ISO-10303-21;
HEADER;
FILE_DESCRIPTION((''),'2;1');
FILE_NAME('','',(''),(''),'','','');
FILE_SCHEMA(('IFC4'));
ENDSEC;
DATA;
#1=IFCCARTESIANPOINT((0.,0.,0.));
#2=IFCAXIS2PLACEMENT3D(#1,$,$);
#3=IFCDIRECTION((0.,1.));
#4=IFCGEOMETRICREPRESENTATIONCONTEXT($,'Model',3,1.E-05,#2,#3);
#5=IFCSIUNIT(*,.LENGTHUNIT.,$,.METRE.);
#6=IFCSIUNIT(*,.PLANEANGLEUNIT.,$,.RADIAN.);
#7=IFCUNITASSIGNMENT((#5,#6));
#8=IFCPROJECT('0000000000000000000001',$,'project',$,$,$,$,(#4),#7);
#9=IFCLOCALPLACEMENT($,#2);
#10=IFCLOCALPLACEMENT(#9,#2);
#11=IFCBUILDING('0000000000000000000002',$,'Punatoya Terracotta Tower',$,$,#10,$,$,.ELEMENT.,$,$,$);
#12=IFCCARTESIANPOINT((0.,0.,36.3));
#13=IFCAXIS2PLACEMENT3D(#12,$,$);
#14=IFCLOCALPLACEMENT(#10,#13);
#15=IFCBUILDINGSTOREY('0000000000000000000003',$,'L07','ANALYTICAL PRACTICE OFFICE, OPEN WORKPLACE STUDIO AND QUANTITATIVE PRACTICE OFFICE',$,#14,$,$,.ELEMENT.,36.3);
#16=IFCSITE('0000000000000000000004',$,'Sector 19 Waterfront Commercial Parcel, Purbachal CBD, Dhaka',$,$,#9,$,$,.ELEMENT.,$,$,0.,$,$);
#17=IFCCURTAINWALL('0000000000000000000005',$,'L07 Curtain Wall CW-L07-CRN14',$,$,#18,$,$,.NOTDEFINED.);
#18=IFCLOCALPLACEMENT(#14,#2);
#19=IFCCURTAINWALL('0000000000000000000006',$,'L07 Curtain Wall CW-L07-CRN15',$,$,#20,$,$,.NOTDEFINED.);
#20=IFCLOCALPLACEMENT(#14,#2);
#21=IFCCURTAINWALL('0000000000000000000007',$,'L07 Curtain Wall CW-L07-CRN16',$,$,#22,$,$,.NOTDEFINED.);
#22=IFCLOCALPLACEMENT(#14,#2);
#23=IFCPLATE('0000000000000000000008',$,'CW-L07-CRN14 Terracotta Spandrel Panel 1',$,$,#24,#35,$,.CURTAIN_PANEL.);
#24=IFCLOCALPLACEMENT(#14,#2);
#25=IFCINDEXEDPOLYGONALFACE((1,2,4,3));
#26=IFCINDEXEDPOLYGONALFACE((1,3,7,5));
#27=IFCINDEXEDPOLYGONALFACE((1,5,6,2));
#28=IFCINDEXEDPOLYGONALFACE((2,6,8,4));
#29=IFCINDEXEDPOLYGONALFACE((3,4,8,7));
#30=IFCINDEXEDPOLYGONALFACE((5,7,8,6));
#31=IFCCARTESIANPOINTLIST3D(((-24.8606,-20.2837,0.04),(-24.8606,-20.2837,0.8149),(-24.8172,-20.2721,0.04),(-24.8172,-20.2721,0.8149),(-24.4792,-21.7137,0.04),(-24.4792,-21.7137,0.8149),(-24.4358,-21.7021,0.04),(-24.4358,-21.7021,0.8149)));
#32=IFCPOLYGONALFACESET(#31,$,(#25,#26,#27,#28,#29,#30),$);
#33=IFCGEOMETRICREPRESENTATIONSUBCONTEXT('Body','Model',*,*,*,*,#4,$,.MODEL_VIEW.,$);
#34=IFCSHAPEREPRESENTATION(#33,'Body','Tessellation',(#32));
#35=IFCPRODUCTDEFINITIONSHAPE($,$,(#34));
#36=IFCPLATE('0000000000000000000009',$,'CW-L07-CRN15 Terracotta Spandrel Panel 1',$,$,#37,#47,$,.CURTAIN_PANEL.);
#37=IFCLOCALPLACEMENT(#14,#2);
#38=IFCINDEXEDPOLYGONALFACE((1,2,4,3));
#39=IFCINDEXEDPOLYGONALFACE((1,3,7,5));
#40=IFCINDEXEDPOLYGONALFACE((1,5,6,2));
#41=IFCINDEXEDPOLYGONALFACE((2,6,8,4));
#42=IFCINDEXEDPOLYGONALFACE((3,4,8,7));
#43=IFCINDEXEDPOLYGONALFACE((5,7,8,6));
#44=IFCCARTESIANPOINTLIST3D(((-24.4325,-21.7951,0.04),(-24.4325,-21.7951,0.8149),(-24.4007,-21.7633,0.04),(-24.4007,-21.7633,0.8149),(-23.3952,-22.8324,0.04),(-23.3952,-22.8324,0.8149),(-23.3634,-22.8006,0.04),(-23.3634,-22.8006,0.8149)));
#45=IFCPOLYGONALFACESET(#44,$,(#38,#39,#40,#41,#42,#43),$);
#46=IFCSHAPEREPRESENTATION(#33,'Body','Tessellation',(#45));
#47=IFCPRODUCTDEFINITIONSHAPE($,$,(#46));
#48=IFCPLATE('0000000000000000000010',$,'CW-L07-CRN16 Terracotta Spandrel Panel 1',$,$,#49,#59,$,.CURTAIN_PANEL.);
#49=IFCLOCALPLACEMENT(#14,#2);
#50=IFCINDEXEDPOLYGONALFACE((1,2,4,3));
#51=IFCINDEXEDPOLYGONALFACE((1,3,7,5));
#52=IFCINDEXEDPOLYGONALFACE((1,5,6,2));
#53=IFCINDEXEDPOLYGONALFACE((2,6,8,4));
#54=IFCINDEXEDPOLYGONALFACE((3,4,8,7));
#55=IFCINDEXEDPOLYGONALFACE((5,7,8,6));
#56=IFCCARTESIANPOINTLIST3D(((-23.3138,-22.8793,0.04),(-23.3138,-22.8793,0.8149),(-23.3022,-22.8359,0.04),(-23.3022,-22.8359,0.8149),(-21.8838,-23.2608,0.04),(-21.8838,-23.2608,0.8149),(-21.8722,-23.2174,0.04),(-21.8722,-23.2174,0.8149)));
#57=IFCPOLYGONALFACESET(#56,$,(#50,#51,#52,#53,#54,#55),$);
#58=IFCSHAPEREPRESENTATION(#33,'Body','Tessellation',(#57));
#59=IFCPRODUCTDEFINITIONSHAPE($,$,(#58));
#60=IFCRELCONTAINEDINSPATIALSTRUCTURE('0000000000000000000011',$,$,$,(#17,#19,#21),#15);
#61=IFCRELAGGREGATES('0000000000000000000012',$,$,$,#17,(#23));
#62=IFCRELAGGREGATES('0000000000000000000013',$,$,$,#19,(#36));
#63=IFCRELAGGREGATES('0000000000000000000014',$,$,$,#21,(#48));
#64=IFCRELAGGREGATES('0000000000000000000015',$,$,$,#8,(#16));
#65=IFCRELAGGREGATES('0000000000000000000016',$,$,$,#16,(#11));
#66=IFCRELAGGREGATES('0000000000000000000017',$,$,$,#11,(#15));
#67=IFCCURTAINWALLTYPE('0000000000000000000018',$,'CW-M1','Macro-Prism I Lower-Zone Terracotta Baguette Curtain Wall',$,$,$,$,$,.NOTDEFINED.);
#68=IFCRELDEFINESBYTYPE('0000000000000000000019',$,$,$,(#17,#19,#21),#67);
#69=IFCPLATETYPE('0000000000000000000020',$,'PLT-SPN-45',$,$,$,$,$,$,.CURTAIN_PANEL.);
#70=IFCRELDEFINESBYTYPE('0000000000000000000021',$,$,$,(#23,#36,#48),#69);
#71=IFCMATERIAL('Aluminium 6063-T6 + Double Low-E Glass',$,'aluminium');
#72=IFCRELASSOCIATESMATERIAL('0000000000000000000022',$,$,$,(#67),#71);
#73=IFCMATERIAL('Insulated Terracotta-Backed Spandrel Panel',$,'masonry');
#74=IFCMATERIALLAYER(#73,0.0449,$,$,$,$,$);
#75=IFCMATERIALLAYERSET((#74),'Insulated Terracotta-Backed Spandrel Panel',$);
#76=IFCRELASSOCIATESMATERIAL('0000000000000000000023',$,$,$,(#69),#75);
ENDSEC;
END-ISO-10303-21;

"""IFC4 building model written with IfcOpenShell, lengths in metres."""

from ifc_helpers import new_model, si_unit, direction, frame, origin, origin_2d, place, context, subcontext, project, spatial, rectangle, extrude, material, layer, layer_set, type_object, element, aggregate, save


model = new_model("IFC4")

# Units and contexts
model_context = context("Model", 3, precision=1e-05, world=origin(), true_north=direction((0.0, 1.0)))
body_context = subcontext(model_context, "Body", "Model", "MODEL_VIEW")
ifc_project = project(units=[si_unit("LENGTHUNIT", "METRE"), si_unit("PLANEANGLEUNIT", "RADIAN")], contexts=[model_context])

# Site, building, storey
site_placement = place(None, origin())
site = spatial("IfcSite", under=ifc_project, at=site_placement, Name="Sector 19 Waterfront Commercial Parcel, Purbachal CBD, Dhaka", CompositionType="ELEMENT", RefElevation=0.0)
building_placement = place(site_placement, origin())
building = spatial("IfcBuilding", under=site, at=building_placement, Name="Punatoya Terracotta Tower", CompositionType="ELEMENT")
storey_placement = place(building_placement, frame((0.0, 0.0, 36.3)))
storey = spatial("IfcBuildingStorey", under=building, at=storey_placement, Name="L07", Description="ANALYTICAL PRACTICE OFFICE, OPEN WORKPLACE STUDIO AND QUANTITATIVE PRACTICE OFFICE", CompositionType="ELEMENT", Elevation=36.3)

# Shared definitions
ifc_material_1 = material(Name="Aluminium 6063-T6 + Double Low-E Glass", Category="aluminium")
curtain_wall_type = type_object("IfcCurtainWallType", Name="CW-M1", Description="Macro-Prism I Lower-Zone Terracotta Baguette Curtain Wall", PredefinedType="NOTDEFINED", material=ifc_material_1)

# Curtain walls
curtain_wall_1_placement = place(storey_placement, origin())
curtain_wall_1 = element("IfcCurtainWall", 1, at=curtain_wall_1_placement, inside=storey, type_object=curtain_wall_type, Name="L07 Curtain Wall CW-L07-CRN14", PredefinedType="NOTDEFINED")
curtain_wall_2_placement = place(storey_placement, origin())
curtain_wall_2 = element("IfcCurtainWall", 2, at=curtain_wall_2_placement, inside=storey, type_object=curtain_wall_type, Name="L07 Curtain Wall CW-L07-CRN15", PredefinedType="NOTDEFINED")
curtain_wall_3_placement = place(storey_placement, origin())
curtain_wall_3 = element("IfcCurtainWall", 3, at=curtain_wall_3_placement, inside=storey, type_object=curtain_wall_type, Name="L07 Curtain Wall CW-L07-CRN16", PredefinedType="NOTDEFINED")

# Plates
ifc_material_2 = material(Name="Insulated Terracotta-Backed Spandrel Panel", Category="masonry")
ifc_layer_1 = layer(ifc_material_2, 0.0449)
ifc_layer_set_1 = layer_set([ifc_layer_1], Name="Insulated Terracotta-Backed Spandrel Panel")
plate_type_1 = type_object("IfcPlateType", Name="PLT-SPN-45", PredefinedType="CURTAIN_PANEL", material=ifc_layer_set_1)
plate_1_placement = place(storey_placement, frame((-24.6482, -20.9929, 0.04), z_axis=(0.0, 0.0, 1.0), x_axis=(0.257742, -0.966214, 0.0)))
plate_1 = element("IfcPlate", 4, at=plate_1_placement, type_object=plate_type_1, Name="CW-L07-CRN14 Terracotta Spandrel Panel 1", PredefinedType="CURTAIN_PANEL", context=body_context, shape_type="SweptSolid", body=[
    extrude(rectangle(XDim=1.48, YDim=0.0449, at=origin_2d()), origin(), (0.0, 0.0, 1.0), 0.7749),
])
aggregate(curtain_wall_1, [plate_1])
plate_2_placement = place(storey_placement, frame((-23.8979, -22.2979, 0.04), z_axis=(0.0, 0.0, 1.0), x_axis=(0.707107, -0.707107, 0.0)))
plate_2 = element("IfcPlate", 5, at=plate_2_placement, type_object=plate_type_1, Name="CW-L07-CRN15 Terracotta Spandrel Panel 1", PredefinedType="CURTAIN_PANEL", context=body_context, shape_type="SweptSolid", body=[
    extrude(rectangle(XDim=1.467, YDim=0.0449, at=origin_2d()), origin(), (0.0, 0.0, 1.0), 0.7749),
])
aggregate(curtain_wall_2, [plate_2])
plate_3_placement = place(storey_placement, frame((-22.593, -23.0483, 0.04), z_axis=(0.0, 0.0, 1.0), x_axis=(0.966214, -0.257742, 0.0)))
plate_3 = element("IfcPlate", 6, at=plate_3_placement, type_object=plate_type_1, Name="CW-L07-CRN16 Terracotta Spandrel Panel 1", PredefinedType="CURTAIN_PANEL", context=body_context, shape_type="SweptSolid", body=[
    extrude(rectangle(XDim=1.48, YDim=0.0449, at=origin_2d()), origin(), (0.0, 0.0, 1.0), 0.7749),
])
aggregate(curtain_wall_3, [plate_3])

save(model, "model.ifc")
